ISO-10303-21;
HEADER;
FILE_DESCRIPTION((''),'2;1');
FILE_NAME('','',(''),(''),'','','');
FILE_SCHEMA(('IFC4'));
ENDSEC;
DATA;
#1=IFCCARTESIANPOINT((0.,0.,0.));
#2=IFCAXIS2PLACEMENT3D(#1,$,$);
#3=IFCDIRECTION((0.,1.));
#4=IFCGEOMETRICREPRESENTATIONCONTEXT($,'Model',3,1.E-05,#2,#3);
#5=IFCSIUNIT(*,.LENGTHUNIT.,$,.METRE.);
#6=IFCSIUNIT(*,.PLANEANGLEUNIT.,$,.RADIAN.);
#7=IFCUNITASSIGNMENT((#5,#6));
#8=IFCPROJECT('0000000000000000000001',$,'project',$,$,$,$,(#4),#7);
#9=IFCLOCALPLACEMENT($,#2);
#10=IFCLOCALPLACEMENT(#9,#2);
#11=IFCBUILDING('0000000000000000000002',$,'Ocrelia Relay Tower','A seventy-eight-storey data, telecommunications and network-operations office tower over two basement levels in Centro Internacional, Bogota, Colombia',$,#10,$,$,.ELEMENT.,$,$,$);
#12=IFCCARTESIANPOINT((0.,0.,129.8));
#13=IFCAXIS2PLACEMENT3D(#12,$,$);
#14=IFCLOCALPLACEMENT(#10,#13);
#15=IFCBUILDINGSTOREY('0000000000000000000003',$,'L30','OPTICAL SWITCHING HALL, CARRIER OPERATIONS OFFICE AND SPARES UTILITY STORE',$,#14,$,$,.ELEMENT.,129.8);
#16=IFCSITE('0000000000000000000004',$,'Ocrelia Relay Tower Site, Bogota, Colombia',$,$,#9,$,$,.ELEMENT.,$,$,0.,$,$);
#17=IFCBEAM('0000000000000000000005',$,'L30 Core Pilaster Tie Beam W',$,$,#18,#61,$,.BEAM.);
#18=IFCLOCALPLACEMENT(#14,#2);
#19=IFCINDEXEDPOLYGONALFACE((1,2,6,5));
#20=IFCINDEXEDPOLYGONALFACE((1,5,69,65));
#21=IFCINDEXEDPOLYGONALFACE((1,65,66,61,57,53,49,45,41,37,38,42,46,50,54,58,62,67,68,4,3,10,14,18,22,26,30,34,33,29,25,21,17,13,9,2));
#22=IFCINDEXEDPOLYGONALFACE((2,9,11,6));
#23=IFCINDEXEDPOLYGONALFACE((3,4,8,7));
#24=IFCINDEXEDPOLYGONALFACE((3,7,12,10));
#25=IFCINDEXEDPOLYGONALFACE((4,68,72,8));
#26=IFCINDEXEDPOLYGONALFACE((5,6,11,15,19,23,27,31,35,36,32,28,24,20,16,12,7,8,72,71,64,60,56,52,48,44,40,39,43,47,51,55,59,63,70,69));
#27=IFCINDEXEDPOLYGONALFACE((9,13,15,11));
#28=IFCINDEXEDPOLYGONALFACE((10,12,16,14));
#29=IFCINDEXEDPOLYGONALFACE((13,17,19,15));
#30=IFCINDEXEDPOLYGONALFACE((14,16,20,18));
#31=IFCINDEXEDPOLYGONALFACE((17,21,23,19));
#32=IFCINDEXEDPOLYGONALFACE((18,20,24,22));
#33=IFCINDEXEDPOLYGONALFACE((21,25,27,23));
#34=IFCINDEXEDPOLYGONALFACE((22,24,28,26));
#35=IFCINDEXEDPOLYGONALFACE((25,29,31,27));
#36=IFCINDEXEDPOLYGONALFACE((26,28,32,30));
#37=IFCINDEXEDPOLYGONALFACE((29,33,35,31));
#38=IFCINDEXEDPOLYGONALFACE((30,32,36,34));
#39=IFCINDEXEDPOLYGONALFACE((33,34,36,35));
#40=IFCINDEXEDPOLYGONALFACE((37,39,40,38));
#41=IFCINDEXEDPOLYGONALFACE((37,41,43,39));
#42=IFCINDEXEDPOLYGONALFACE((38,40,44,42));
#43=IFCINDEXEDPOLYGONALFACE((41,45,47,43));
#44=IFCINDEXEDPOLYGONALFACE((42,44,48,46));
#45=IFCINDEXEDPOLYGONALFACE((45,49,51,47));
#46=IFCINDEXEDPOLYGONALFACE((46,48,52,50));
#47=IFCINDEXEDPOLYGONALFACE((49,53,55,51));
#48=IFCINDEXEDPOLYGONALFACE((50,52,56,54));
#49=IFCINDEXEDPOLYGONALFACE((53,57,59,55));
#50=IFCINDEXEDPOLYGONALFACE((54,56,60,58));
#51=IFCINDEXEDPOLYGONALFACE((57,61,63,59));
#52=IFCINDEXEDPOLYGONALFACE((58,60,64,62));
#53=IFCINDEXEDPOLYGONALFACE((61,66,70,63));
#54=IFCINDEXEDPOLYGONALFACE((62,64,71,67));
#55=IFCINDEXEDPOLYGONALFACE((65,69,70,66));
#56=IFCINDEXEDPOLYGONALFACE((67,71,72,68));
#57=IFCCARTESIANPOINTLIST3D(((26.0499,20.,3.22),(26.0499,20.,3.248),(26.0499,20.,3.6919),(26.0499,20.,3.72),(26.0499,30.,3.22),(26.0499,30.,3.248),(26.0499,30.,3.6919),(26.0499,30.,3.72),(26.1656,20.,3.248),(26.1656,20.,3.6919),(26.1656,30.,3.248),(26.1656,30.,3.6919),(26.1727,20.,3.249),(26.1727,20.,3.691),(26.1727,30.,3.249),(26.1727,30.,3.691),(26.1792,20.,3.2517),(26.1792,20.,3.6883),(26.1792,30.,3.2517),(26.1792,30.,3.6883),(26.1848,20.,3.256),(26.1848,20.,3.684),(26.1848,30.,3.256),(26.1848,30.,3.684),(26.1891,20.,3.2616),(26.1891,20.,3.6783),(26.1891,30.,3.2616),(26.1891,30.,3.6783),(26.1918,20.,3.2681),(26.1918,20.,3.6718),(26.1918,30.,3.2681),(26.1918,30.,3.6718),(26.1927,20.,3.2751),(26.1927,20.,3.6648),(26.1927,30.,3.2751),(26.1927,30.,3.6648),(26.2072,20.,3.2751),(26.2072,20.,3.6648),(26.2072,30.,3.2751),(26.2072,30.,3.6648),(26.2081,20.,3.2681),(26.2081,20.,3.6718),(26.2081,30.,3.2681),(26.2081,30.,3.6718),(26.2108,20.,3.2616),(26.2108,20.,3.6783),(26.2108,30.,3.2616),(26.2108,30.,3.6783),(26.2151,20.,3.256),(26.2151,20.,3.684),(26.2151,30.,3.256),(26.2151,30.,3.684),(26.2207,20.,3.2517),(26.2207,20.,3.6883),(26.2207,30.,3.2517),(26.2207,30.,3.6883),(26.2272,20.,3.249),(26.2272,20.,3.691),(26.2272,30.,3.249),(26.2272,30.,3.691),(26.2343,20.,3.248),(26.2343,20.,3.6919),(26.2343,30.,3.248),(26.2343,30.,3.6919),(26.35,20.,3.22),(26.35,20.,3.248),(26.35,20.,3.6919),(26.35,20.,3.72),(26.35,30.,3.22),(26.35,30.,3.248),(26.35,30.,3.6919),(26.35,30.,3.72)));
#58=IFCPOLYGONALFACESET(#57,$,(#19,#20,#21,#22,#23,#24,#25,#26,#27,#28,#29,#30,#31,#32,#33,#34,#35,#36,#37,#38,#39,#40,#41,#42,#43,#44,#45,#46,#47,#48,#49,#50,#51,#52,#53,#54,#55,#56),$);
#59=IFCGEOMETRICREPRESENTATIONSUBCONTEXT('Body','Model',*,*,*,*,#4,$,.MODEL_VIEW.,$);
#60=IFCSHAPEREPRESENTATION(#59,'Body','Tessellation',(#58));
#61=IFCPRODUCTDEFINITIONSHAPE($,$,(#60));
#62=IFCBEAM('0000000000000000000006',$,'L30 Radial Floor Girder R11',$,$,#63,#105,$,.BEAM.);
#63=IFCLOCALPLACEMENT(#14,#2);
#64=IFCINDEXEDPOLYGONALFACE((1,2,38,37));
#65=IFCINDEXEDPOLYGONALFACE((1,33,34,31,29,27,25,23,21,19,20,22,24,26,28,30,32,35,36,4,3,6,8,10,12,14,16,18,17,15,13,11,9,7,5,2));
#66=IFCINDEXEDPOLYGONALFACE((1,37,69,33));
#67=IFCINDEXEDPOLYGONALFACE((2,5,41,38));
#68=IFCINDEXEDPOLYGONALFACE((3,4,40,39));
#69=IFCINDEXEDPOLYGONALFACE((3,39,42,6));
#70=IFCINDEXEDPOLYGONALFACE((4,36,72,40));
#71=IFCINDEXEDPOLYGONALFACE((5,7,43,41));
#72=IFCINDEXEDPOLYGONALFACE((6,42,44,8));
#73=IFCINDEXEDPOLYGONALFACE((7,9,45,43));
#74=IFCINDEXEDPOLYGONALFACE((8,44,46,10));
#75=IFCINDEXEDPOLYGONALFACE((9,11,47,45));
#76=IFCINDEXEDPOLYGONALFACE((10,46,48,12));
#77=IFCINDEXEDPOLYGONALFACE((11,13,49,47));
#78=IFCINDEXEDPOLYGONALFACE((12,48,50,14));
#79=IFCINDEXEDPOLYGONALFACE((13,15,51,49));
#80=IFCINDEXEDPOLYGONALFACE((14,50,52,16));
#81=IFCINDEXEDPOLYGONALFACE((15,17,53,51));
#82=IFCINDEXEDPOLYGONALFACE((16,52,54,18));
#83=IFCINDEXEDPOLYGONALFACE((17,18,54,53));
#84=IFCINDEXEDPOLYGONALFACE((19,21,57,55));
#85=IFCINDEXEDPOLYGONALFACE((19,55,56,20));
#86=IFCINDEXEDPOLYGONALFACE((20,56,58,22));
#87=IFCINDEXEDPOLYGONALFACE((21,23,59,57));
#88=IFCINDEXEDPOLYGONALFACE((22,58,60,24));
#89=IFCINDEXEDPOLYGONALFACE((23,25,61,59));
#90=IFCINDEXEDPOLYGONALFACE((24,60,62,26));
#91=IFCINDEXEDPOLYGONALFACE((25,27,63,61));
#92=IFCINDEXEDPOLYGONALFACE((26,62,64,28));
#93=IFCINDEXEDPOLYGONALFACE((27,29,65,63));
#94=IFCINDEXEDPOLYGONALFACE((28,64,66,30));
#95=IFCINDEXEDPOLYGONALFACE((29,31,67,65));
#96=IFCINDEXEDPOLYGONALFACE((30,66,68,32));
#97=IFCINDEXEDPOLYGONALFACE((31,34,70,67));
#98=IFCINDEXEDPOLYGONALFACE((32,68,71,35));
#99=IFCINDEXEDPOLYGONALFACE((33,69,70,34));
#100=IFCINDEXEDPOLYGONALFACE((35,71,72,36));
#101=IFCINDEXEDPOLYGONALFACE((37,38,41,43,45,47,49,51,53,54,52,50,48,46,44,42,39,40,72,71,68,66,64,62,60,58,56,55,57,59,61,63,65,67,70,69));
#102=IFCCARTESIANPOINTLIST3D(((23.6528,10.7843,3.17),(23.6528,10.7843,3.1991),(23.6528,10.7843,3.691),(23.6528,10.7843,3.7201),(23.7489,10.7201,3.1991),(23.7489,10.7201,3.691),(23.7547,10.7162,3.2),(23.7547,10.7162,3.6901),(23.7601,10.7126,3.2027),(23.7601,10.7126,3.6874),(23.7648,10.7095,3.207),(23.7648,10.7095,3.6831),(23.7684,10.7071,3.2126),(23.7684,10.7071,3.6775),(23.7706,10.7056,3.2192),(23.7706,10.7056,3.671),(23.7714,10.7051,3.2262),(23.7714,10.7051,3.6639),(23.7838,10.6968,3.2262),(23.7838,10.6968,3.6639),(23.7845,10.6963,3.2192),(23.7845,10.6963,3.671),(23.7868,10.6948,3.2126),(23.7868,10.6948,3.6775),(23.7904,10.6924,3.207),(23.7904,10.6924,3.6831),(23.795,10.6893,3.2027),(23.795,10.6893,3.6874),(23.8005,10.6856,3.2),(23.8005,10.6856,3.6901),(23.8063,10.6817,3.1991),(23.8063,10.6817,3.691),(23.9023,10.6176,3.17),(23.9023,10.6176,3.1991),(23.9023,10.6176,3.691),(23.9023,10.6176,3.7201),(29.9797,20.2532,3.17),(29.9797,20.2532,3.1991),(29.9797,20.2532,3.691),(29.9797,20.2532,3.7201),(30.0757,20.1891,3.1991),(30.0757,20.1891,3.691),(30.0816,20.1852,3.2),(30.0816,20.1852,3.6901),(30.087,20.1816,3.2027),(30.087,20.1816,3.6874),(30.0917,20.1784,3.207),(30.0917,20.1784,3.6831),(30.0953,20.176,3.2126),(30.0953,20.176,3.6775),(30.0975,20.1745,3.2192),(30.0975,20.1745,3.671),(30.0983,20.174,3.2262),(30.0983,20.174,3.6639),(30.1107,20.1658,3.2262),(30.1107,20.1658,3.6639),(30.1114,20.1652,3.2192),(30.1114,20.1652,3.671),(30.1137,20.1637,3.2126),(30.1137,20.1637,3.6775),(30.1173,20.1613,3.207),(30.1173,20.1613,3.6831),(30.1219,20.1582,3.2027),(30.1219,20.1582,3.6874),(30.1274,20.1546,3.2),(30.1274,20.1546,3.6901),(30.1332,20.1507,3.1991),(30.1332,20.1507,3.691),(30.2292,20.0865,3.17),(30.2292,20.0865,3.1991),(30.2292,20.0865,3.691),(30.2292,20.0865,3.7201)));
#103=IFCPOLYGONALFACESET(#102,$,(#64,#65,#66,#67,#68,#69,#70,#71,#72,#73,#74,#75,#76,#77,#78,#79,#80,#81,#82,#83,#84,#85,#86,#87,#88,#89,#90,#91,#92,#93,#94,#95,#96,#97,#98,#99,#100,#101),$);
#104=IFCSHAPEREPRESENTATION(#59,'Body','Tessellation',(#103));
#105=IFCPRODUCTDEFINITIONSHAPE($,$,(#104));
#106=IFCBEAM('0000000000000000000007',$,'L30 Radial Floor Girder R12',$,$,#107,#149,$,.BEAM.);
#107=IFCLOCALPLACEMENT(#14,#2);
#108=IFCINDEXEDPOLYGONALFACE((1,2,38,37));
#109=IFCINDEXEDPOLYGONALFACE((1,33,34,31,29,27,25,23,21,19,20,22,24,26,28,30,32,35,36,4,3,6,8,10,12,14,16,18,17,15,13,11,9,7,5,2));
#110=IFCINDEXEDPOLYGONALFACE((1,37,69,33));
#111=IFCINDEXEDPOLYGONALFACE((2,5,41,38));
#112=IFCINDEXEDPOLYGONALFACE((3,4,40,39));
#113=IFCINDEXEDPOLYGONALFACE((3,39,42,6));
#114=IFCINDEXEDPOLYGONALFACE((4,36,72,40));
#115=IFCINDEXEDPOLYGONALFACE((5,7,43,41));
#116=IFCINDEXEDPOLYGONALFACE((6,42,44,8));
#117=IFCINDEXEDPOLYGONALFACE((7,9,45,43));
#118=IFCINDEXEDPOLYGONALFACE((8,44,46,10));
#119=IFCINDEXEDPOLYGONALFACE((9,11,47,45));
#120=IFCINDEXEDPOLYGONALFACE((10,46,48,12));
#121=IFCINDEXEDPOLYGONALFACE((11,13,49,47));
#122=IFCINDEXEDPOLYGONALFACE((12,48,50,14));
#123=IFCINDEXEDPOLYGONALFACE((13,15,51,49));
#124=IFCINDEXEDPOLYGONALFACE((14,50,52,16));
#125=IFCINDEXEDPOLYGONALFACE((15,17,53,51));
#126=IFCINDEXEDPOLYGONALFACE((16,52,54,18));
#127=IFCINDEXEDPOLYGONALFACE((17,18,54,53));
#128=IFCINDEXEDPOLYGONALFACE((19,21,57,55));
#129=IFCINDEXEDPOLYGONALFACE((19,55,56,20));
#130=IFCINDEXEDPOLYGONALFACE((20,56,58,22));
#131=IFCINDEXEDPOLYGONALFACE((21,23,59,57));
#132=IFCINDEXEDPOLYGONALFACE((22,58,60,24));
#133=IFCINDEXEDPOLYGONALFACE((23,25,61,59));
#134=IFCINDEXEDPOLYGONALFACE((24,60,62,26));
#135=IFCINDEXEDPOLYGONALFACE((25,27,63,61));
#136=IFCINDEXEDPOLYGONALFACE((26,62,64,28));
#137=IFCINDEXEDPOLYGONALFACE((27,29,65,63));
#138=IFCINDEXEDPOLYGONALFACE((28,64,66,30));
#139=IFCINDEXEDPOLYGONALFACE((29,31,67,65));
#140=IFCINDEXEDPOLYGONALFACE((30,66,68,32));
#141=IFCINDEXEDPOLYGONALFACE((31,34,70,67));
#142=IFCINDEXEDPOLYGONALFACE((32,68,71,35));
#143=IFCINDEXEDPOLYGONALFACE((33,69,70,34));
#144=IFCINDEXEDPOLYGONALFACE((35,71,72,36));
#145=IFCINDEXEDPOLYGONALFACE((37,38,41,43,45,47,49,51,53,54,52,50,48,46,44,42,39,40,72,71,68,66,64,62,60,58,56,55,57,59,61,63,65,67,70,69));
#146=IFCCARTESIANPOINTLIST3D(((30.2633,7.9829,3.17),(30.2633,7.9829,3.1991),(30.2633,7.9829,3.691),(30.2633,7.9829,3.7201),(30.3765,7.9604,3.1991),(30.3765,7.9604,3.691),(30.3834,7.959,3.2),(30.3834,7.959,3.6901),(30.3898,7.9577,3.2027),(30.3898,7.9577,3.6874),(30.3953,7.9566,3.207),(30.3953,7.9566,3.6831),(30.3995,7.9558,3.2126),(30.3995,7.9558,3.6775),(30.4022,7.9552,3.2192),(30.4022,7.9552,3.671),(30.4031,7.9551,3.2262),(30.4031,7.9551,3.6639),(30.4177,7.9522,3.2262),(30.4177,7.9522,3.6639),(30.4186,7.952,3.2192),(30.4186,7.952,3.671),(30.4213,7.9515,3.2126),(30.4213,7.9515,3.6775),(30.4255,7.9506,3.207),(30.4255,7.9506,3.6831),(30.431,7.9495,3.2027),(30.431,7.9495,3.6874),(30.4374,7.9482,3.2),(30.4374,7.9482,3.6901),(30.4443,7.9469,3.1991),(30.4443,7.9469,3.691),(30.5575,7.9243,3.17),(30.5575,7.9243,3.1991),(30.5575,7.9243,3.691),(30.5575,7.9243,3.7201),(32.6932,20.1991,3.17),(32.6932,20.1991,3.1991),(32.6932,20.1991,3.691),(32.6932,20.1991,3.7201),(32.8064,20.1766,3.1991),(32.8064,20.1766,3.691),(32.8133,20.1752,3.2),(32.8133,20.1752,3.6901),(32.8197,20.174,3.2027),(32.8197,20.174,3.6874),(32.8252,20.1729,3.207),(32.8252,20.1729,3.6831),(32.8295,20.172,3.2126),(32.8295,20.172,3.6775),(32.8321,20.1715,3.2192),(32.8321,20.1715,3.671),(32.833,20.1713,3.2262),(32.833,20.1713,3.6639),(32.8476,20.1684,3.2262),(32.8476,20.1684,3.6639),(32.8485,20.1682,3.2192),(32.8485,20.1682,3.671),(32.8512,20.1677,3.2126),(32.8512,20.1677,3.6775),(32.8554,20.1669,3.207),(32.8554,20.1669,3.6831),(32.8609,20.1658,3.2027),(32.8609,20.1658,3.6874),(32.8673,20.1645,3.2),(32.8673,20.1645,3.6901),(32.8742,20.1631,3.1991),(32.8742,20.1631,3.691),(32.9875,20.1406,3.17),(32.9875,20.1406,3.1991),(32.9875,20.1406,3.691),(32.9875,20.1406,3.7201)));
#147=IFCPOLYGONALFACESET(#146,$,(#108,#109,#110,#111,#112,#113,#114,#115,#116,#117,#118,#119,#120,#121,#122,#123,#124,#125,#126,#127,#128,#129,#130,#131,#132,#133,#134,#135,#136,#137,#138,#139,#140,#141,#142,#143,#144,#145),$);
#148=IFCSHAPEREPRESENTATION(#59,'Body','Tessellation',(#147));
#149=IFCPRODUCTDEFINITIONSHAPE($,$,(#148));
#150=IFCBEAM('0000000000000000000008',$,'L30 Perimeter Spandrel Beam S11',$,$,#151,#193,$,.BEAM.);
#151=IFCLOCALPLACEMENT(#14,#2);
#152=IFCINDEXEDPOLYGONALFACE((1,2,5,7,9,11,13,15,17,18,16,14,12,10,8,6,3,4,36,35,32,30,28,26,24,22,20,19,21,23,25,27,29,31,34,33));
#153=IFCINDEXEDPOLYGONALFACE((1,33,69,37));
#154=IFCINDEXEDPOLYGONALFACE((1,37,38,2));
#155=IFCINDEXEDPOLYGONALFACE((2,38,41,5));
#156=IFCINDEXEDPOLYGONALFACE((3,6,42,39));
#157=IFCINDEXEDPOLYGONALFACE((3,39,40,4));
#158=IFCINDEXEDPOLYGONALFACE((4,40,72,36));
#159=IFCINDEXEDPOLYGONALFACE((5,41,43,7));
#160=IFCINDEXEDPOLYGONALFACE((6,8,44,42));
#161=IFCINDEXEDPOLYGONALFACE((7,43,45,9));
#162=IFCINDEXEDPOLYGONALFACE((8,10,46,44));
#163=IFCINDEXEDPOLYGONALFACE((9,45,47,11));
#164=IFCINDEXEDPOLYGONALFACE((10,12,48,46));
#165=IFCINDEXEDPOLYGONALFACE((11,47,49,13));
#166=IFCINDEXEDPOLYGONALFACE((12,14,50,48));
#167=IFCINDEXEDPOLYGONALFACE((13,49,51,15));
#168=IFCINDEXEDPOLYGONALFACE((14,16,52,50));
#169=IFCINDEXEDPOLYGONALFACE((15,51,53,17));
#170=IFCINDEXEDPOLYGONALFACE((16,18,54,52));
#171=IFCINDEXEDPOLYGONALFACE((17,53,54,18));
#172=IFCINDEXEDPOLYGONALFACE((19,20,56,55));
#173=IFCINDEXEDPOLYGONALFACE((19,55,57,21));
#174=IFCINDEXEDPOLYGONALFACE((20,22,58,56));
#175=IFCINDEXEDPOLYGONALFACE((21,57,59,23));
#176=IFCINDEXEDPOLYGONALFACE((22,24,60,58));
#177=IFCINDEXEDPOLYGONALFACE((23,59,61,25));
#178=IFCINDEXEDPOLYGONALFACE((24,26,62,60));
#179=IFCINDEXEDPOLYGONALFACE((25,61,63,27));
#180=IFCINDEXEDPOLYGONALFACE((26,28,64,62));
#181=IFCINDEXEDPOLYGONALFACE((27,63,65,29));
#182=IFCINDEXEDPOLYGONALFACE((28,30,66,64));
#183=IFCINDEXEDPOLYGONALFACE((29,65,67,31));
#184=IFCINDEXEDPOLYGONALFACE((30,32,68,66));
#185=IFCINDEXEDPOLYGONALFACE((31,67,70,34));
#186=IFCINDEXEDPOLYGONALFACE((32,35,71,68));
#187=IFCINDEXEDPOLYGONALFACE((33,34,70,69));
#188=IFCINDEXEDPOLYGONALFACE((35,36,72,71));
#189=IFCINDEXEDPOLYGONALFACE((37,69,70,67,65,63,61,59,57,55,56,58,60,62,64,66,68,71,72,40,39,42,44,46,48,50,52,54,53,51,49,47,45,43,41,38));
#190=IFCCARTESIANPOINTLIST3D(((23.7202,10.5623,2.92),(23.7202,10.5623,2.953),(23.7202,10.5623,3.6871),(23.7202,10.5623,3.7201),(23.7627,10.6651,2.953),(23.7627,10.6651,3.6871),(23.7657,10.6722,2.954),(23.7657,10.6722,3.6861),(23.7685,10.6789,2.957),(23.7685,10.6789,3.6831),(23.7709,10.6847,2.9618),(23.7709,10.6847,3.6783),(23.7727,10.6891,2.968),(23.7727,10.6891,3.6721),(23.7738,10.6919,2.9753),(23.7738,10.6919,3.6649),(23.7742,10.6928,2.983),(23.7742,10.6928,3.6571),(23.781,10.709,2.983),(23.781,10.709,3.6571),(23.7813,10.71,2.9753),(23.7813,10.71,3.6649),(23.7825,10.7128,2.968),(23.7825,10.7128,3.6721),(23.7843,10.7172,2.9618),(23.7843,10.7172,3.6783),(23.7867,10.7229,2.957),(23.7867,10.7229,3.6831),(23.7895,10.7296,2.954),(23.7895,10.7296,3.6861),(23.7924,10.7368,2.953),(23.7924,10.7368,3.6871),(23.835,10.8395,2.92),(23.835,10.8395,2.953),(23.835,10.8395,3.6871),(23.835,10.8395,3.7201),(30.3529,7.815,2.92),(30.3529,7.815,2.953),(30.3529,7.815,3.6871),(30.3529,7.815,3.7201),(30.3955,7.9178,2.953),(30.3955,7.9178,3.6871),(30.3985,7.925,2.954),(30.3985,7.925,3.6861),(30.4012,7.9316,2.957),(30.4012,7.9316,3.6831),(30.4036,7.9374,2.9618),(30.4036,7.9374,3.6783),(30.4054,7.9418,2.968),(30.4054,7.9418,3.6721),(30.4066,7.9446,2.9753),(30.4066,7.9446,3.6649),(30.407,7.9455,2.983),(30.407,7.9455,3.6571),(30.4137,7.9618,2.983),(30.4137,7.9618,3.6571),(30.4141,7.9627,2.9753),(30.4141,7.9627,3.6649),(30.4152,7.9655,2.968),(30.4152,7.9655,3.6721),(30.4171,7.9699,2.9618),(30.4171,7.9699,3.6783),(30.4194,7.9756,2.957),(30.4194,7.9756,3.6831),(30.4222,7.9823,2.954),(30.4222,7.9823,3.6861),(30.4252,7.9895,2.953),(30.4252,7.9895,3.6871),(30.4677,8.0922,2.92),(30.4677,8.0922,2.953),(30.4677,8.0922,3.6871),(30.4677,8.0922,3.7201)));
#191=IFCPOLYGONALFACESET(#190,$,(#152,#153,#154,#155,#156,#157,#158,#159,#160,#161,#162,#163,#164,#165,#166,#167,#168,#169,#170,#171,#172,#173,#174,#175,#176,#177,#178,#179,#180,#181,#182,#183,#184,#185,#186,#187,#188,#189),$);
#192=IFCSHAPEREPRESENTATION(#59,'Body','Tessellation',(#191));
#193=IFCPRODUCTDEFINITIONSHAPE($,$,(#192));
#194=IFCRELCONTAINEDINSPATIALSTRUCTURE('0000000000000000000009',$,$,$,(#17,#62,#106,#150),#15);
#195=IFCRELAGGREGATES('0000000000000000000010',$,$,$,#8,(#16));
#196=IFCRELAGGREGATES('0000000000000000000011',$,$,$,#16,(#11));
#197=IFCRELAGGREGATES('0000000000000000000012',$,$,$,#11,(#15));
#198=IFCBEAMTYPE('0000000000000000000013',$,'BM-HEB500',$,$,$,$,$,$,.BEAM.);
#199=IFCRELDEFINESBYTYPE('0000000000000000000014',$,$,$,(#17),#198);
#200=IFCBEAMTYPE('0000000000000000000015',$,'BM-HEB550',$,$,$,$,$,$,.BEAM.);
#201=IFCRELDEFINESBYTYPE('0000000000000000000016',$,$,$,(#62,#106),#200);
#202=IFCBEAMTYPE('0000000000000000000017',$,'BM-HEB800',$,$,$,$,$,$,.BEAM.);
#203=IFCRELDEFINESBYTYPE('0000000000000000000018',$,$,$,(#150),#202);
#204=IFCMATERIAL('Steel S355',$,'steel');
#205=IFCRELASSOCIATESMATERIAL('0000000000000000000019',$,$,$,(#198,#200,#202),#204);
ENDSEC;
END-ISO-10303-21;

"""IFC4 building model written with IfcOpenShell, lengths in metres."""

from ifc_helpers import new_model, si_unit, direction, frame, origin, origin_2d, place, context, subcontext, project, spatial, i_section, extrude, material, material_profile, profile_set, type_object, element, save


model = new_model("IFC4")

# Units and contexts
model_context = context("Model", 3, precision=1e-05, world=origin(), true_north=direction((0.0, 1.0)))
body_context = subcontext(model_context, "Body", "Model", "MODEL_VIEW")
ifc_project = project(units=[si_unit("LENGTHUNIT", "METRE"), si_unit("PLANEANGLEUNIT", "RADIAN")], contexts=[model_context])

# Site, building, storey
site_placement = place(None, origin())
site = spatial("IfcSite", under=ifc_project, at=site_placement, Name="Ocrelia Relay Tower Site, Bogota, Colombia", CompositionType="ELEMENT", RefElevation=0.0)
building_placement = place(site_placement, origin())
building = spatial("IfcBuilding", under=site, at=building_placement, Name="Ocrelia Relay Tower", Description="A seventy-eight-storey data, telecommunications and network-operations office tower over two basement levels in Centro Internacional, Bogota, Colombia", CompositionType="ELEMENT")
storey_placement = place(building_placement, frame((0.0, 0.0, 129.8)))
storey = spatial("IfcBuildingStorey", under=building, at=storey_placement, Name="L30", Description="OPTICAL SWITCHING HALL, CARRIER OPERATIONS OFFICE AND SPARES UTILITY STORE", CompositionType="ELEMENT", Elevation=129.8)

# Beams
ifc_material_1 = material(Name="Steel S355", Category="steel")
ifc_material_profile_1 = material_profile(ifc_material_1, i_section(OverallWidth=0.3, OverallDepth=0.5, WebThickness=0.0144, FlangeThickness=0.0281, FilletRadius=0.0271, at=origin_2d()), Name="HEB 500")
ifc_profile_set_1 = profile_set([ifc_material_profile_1], Name="Steel S355")
beam_type_1 = type_object("IfcBeamType", Name="BM-HEB500", PredefinedType="BEAM", material=ifc_profile_set_1)
beam_1_placement = place(storey_placement, frame((26.2, 20.0, 3.47), z_axis=(0.0, 1.0, 0.0), x_axis=(-1.0, 0.0, 0.0)))
element("IfcBeam", 1, at=beam_1_placement, inside=storey, type_object=beam_type_1, Name="L30 Core Pilaster Tie Beam W", PredefinedType="BEAM", context=body_context, shape_type="SweptSolid", body=[
    extrude(i_section(OverallWidth=0.3, OverallDepth=0.5, WebThickness=0.0144, FlangeThickness=0.0281, FilletRadius=0.0271, at=origin_2d()), origin(), (0.0, 0.0, 1.0), 10.0),
])
ifc_material_profile_2 = material_profile(ifc_material_1, i_section(OverallWidth=0.3, OverallDepth=0.55, WebThickness=0.0149, FlangeThickness=0.0291, FilletRadius=0.0271, at=origin_2d()), Name="HEB 550")
ifc_profile_set_2 = profile_set([ifc_material_profile_2], Name="Steel S355")
beam_type_2 = type_object("IfcBeamType", Name="BM-HEB550", PredefinedType="BEAM", material=ifc_profile_set_2)
beam_2_placement = place(storey_placement, frame((23.7776, 10.7009, 3.4451), z_axis=(0.555566, 0.831473, 0.0), x_axis=(-0.831473, 0.555566, 0.0)))
element("IfcBeam", 2, at=beam_2_placement, inside=storey, type_object=beam_type_2, Name="L30 Radial Floor Girder R11", PredefinedType="BEAM", context=body_context, shape_type="SweptSolid", body=[
    extrude(i_section(OverallWidth=0.3, OverallDepth=0.55, WebThickness=0.0149, FlangeThickness=0.0291, FilletRadius=0.0271, at=origin_2d()), origin(), (0.0, 0.0, 1.0), 11.3882),
])
beam_3_placement = place(storey_placement, frame((30.4104, 7.9536, 3.4451), z_axis=(0.195087, 0.980786, 0.0), x_axis=(-0.980786, 0.195087, 0.0)))
element("IfcBeam", 3, at=beam_3_placement, inside=storey, type_object=beam_type_2, Name="L30 Radial Floor Girder R12", PredefinedType="BEAM", context=body_context, shape_type="SweptSolid", body=[
    extrude(i_section(OverallWidth=0.3, OverallDepth=0.55, WebThickness=0.0149, FlangeThickness=0.0291, FilletRadius=0.0271, at=origin_2d()), origin(), (0.0, 0.0, 1.0), 12.4556),
])
ifc_material_profile_3 = material_profile(ifc_material_1, i_section(OverallWidth=0.3, OverallDepth=0.8, WebThickness=0.0176, FlangeThickness=0.033, FilletRadius=0.03, at=origin_2d()), Name="HEB 800")
ifc_profile_set_3 = profile_set([ifc_material_profile_3], Name="Steel S355")
beam_type_3 = type_object("IfcBeamType", Name="BM-HEB800", PredefinedType="BEAM", material=ifc_profile_set_3)
for number, where, z_axis, x_axis, name in (
    (4, (23.7776, 10.7009, 3.3201), (0.923884, -0.382673, 0.0), (0.382673, 0.923884, 0.0), "L30 Perimeter Spandrel Beam S11"),
):
    element("IfcBeam", number, at=place(storey_placement, frame(where, z_axis=z_axis, x_axis=x_axis)), inside=storey, type_object=beam_type_3, Name=name, PredefinedType="BEAM", context=body_context, shape_type="SweptSolid", body=[
        extrude(i_section(OverallWidth=0.3, OverallDepth=0.8, WebThickness=0.0176, FlangeThickness=0.033, FilletRadius=0.03, at=origin_2d()), origin(), (0.0, 0.0, 1.0), 7.1792),
    ])

save(model, "model.ifc")
